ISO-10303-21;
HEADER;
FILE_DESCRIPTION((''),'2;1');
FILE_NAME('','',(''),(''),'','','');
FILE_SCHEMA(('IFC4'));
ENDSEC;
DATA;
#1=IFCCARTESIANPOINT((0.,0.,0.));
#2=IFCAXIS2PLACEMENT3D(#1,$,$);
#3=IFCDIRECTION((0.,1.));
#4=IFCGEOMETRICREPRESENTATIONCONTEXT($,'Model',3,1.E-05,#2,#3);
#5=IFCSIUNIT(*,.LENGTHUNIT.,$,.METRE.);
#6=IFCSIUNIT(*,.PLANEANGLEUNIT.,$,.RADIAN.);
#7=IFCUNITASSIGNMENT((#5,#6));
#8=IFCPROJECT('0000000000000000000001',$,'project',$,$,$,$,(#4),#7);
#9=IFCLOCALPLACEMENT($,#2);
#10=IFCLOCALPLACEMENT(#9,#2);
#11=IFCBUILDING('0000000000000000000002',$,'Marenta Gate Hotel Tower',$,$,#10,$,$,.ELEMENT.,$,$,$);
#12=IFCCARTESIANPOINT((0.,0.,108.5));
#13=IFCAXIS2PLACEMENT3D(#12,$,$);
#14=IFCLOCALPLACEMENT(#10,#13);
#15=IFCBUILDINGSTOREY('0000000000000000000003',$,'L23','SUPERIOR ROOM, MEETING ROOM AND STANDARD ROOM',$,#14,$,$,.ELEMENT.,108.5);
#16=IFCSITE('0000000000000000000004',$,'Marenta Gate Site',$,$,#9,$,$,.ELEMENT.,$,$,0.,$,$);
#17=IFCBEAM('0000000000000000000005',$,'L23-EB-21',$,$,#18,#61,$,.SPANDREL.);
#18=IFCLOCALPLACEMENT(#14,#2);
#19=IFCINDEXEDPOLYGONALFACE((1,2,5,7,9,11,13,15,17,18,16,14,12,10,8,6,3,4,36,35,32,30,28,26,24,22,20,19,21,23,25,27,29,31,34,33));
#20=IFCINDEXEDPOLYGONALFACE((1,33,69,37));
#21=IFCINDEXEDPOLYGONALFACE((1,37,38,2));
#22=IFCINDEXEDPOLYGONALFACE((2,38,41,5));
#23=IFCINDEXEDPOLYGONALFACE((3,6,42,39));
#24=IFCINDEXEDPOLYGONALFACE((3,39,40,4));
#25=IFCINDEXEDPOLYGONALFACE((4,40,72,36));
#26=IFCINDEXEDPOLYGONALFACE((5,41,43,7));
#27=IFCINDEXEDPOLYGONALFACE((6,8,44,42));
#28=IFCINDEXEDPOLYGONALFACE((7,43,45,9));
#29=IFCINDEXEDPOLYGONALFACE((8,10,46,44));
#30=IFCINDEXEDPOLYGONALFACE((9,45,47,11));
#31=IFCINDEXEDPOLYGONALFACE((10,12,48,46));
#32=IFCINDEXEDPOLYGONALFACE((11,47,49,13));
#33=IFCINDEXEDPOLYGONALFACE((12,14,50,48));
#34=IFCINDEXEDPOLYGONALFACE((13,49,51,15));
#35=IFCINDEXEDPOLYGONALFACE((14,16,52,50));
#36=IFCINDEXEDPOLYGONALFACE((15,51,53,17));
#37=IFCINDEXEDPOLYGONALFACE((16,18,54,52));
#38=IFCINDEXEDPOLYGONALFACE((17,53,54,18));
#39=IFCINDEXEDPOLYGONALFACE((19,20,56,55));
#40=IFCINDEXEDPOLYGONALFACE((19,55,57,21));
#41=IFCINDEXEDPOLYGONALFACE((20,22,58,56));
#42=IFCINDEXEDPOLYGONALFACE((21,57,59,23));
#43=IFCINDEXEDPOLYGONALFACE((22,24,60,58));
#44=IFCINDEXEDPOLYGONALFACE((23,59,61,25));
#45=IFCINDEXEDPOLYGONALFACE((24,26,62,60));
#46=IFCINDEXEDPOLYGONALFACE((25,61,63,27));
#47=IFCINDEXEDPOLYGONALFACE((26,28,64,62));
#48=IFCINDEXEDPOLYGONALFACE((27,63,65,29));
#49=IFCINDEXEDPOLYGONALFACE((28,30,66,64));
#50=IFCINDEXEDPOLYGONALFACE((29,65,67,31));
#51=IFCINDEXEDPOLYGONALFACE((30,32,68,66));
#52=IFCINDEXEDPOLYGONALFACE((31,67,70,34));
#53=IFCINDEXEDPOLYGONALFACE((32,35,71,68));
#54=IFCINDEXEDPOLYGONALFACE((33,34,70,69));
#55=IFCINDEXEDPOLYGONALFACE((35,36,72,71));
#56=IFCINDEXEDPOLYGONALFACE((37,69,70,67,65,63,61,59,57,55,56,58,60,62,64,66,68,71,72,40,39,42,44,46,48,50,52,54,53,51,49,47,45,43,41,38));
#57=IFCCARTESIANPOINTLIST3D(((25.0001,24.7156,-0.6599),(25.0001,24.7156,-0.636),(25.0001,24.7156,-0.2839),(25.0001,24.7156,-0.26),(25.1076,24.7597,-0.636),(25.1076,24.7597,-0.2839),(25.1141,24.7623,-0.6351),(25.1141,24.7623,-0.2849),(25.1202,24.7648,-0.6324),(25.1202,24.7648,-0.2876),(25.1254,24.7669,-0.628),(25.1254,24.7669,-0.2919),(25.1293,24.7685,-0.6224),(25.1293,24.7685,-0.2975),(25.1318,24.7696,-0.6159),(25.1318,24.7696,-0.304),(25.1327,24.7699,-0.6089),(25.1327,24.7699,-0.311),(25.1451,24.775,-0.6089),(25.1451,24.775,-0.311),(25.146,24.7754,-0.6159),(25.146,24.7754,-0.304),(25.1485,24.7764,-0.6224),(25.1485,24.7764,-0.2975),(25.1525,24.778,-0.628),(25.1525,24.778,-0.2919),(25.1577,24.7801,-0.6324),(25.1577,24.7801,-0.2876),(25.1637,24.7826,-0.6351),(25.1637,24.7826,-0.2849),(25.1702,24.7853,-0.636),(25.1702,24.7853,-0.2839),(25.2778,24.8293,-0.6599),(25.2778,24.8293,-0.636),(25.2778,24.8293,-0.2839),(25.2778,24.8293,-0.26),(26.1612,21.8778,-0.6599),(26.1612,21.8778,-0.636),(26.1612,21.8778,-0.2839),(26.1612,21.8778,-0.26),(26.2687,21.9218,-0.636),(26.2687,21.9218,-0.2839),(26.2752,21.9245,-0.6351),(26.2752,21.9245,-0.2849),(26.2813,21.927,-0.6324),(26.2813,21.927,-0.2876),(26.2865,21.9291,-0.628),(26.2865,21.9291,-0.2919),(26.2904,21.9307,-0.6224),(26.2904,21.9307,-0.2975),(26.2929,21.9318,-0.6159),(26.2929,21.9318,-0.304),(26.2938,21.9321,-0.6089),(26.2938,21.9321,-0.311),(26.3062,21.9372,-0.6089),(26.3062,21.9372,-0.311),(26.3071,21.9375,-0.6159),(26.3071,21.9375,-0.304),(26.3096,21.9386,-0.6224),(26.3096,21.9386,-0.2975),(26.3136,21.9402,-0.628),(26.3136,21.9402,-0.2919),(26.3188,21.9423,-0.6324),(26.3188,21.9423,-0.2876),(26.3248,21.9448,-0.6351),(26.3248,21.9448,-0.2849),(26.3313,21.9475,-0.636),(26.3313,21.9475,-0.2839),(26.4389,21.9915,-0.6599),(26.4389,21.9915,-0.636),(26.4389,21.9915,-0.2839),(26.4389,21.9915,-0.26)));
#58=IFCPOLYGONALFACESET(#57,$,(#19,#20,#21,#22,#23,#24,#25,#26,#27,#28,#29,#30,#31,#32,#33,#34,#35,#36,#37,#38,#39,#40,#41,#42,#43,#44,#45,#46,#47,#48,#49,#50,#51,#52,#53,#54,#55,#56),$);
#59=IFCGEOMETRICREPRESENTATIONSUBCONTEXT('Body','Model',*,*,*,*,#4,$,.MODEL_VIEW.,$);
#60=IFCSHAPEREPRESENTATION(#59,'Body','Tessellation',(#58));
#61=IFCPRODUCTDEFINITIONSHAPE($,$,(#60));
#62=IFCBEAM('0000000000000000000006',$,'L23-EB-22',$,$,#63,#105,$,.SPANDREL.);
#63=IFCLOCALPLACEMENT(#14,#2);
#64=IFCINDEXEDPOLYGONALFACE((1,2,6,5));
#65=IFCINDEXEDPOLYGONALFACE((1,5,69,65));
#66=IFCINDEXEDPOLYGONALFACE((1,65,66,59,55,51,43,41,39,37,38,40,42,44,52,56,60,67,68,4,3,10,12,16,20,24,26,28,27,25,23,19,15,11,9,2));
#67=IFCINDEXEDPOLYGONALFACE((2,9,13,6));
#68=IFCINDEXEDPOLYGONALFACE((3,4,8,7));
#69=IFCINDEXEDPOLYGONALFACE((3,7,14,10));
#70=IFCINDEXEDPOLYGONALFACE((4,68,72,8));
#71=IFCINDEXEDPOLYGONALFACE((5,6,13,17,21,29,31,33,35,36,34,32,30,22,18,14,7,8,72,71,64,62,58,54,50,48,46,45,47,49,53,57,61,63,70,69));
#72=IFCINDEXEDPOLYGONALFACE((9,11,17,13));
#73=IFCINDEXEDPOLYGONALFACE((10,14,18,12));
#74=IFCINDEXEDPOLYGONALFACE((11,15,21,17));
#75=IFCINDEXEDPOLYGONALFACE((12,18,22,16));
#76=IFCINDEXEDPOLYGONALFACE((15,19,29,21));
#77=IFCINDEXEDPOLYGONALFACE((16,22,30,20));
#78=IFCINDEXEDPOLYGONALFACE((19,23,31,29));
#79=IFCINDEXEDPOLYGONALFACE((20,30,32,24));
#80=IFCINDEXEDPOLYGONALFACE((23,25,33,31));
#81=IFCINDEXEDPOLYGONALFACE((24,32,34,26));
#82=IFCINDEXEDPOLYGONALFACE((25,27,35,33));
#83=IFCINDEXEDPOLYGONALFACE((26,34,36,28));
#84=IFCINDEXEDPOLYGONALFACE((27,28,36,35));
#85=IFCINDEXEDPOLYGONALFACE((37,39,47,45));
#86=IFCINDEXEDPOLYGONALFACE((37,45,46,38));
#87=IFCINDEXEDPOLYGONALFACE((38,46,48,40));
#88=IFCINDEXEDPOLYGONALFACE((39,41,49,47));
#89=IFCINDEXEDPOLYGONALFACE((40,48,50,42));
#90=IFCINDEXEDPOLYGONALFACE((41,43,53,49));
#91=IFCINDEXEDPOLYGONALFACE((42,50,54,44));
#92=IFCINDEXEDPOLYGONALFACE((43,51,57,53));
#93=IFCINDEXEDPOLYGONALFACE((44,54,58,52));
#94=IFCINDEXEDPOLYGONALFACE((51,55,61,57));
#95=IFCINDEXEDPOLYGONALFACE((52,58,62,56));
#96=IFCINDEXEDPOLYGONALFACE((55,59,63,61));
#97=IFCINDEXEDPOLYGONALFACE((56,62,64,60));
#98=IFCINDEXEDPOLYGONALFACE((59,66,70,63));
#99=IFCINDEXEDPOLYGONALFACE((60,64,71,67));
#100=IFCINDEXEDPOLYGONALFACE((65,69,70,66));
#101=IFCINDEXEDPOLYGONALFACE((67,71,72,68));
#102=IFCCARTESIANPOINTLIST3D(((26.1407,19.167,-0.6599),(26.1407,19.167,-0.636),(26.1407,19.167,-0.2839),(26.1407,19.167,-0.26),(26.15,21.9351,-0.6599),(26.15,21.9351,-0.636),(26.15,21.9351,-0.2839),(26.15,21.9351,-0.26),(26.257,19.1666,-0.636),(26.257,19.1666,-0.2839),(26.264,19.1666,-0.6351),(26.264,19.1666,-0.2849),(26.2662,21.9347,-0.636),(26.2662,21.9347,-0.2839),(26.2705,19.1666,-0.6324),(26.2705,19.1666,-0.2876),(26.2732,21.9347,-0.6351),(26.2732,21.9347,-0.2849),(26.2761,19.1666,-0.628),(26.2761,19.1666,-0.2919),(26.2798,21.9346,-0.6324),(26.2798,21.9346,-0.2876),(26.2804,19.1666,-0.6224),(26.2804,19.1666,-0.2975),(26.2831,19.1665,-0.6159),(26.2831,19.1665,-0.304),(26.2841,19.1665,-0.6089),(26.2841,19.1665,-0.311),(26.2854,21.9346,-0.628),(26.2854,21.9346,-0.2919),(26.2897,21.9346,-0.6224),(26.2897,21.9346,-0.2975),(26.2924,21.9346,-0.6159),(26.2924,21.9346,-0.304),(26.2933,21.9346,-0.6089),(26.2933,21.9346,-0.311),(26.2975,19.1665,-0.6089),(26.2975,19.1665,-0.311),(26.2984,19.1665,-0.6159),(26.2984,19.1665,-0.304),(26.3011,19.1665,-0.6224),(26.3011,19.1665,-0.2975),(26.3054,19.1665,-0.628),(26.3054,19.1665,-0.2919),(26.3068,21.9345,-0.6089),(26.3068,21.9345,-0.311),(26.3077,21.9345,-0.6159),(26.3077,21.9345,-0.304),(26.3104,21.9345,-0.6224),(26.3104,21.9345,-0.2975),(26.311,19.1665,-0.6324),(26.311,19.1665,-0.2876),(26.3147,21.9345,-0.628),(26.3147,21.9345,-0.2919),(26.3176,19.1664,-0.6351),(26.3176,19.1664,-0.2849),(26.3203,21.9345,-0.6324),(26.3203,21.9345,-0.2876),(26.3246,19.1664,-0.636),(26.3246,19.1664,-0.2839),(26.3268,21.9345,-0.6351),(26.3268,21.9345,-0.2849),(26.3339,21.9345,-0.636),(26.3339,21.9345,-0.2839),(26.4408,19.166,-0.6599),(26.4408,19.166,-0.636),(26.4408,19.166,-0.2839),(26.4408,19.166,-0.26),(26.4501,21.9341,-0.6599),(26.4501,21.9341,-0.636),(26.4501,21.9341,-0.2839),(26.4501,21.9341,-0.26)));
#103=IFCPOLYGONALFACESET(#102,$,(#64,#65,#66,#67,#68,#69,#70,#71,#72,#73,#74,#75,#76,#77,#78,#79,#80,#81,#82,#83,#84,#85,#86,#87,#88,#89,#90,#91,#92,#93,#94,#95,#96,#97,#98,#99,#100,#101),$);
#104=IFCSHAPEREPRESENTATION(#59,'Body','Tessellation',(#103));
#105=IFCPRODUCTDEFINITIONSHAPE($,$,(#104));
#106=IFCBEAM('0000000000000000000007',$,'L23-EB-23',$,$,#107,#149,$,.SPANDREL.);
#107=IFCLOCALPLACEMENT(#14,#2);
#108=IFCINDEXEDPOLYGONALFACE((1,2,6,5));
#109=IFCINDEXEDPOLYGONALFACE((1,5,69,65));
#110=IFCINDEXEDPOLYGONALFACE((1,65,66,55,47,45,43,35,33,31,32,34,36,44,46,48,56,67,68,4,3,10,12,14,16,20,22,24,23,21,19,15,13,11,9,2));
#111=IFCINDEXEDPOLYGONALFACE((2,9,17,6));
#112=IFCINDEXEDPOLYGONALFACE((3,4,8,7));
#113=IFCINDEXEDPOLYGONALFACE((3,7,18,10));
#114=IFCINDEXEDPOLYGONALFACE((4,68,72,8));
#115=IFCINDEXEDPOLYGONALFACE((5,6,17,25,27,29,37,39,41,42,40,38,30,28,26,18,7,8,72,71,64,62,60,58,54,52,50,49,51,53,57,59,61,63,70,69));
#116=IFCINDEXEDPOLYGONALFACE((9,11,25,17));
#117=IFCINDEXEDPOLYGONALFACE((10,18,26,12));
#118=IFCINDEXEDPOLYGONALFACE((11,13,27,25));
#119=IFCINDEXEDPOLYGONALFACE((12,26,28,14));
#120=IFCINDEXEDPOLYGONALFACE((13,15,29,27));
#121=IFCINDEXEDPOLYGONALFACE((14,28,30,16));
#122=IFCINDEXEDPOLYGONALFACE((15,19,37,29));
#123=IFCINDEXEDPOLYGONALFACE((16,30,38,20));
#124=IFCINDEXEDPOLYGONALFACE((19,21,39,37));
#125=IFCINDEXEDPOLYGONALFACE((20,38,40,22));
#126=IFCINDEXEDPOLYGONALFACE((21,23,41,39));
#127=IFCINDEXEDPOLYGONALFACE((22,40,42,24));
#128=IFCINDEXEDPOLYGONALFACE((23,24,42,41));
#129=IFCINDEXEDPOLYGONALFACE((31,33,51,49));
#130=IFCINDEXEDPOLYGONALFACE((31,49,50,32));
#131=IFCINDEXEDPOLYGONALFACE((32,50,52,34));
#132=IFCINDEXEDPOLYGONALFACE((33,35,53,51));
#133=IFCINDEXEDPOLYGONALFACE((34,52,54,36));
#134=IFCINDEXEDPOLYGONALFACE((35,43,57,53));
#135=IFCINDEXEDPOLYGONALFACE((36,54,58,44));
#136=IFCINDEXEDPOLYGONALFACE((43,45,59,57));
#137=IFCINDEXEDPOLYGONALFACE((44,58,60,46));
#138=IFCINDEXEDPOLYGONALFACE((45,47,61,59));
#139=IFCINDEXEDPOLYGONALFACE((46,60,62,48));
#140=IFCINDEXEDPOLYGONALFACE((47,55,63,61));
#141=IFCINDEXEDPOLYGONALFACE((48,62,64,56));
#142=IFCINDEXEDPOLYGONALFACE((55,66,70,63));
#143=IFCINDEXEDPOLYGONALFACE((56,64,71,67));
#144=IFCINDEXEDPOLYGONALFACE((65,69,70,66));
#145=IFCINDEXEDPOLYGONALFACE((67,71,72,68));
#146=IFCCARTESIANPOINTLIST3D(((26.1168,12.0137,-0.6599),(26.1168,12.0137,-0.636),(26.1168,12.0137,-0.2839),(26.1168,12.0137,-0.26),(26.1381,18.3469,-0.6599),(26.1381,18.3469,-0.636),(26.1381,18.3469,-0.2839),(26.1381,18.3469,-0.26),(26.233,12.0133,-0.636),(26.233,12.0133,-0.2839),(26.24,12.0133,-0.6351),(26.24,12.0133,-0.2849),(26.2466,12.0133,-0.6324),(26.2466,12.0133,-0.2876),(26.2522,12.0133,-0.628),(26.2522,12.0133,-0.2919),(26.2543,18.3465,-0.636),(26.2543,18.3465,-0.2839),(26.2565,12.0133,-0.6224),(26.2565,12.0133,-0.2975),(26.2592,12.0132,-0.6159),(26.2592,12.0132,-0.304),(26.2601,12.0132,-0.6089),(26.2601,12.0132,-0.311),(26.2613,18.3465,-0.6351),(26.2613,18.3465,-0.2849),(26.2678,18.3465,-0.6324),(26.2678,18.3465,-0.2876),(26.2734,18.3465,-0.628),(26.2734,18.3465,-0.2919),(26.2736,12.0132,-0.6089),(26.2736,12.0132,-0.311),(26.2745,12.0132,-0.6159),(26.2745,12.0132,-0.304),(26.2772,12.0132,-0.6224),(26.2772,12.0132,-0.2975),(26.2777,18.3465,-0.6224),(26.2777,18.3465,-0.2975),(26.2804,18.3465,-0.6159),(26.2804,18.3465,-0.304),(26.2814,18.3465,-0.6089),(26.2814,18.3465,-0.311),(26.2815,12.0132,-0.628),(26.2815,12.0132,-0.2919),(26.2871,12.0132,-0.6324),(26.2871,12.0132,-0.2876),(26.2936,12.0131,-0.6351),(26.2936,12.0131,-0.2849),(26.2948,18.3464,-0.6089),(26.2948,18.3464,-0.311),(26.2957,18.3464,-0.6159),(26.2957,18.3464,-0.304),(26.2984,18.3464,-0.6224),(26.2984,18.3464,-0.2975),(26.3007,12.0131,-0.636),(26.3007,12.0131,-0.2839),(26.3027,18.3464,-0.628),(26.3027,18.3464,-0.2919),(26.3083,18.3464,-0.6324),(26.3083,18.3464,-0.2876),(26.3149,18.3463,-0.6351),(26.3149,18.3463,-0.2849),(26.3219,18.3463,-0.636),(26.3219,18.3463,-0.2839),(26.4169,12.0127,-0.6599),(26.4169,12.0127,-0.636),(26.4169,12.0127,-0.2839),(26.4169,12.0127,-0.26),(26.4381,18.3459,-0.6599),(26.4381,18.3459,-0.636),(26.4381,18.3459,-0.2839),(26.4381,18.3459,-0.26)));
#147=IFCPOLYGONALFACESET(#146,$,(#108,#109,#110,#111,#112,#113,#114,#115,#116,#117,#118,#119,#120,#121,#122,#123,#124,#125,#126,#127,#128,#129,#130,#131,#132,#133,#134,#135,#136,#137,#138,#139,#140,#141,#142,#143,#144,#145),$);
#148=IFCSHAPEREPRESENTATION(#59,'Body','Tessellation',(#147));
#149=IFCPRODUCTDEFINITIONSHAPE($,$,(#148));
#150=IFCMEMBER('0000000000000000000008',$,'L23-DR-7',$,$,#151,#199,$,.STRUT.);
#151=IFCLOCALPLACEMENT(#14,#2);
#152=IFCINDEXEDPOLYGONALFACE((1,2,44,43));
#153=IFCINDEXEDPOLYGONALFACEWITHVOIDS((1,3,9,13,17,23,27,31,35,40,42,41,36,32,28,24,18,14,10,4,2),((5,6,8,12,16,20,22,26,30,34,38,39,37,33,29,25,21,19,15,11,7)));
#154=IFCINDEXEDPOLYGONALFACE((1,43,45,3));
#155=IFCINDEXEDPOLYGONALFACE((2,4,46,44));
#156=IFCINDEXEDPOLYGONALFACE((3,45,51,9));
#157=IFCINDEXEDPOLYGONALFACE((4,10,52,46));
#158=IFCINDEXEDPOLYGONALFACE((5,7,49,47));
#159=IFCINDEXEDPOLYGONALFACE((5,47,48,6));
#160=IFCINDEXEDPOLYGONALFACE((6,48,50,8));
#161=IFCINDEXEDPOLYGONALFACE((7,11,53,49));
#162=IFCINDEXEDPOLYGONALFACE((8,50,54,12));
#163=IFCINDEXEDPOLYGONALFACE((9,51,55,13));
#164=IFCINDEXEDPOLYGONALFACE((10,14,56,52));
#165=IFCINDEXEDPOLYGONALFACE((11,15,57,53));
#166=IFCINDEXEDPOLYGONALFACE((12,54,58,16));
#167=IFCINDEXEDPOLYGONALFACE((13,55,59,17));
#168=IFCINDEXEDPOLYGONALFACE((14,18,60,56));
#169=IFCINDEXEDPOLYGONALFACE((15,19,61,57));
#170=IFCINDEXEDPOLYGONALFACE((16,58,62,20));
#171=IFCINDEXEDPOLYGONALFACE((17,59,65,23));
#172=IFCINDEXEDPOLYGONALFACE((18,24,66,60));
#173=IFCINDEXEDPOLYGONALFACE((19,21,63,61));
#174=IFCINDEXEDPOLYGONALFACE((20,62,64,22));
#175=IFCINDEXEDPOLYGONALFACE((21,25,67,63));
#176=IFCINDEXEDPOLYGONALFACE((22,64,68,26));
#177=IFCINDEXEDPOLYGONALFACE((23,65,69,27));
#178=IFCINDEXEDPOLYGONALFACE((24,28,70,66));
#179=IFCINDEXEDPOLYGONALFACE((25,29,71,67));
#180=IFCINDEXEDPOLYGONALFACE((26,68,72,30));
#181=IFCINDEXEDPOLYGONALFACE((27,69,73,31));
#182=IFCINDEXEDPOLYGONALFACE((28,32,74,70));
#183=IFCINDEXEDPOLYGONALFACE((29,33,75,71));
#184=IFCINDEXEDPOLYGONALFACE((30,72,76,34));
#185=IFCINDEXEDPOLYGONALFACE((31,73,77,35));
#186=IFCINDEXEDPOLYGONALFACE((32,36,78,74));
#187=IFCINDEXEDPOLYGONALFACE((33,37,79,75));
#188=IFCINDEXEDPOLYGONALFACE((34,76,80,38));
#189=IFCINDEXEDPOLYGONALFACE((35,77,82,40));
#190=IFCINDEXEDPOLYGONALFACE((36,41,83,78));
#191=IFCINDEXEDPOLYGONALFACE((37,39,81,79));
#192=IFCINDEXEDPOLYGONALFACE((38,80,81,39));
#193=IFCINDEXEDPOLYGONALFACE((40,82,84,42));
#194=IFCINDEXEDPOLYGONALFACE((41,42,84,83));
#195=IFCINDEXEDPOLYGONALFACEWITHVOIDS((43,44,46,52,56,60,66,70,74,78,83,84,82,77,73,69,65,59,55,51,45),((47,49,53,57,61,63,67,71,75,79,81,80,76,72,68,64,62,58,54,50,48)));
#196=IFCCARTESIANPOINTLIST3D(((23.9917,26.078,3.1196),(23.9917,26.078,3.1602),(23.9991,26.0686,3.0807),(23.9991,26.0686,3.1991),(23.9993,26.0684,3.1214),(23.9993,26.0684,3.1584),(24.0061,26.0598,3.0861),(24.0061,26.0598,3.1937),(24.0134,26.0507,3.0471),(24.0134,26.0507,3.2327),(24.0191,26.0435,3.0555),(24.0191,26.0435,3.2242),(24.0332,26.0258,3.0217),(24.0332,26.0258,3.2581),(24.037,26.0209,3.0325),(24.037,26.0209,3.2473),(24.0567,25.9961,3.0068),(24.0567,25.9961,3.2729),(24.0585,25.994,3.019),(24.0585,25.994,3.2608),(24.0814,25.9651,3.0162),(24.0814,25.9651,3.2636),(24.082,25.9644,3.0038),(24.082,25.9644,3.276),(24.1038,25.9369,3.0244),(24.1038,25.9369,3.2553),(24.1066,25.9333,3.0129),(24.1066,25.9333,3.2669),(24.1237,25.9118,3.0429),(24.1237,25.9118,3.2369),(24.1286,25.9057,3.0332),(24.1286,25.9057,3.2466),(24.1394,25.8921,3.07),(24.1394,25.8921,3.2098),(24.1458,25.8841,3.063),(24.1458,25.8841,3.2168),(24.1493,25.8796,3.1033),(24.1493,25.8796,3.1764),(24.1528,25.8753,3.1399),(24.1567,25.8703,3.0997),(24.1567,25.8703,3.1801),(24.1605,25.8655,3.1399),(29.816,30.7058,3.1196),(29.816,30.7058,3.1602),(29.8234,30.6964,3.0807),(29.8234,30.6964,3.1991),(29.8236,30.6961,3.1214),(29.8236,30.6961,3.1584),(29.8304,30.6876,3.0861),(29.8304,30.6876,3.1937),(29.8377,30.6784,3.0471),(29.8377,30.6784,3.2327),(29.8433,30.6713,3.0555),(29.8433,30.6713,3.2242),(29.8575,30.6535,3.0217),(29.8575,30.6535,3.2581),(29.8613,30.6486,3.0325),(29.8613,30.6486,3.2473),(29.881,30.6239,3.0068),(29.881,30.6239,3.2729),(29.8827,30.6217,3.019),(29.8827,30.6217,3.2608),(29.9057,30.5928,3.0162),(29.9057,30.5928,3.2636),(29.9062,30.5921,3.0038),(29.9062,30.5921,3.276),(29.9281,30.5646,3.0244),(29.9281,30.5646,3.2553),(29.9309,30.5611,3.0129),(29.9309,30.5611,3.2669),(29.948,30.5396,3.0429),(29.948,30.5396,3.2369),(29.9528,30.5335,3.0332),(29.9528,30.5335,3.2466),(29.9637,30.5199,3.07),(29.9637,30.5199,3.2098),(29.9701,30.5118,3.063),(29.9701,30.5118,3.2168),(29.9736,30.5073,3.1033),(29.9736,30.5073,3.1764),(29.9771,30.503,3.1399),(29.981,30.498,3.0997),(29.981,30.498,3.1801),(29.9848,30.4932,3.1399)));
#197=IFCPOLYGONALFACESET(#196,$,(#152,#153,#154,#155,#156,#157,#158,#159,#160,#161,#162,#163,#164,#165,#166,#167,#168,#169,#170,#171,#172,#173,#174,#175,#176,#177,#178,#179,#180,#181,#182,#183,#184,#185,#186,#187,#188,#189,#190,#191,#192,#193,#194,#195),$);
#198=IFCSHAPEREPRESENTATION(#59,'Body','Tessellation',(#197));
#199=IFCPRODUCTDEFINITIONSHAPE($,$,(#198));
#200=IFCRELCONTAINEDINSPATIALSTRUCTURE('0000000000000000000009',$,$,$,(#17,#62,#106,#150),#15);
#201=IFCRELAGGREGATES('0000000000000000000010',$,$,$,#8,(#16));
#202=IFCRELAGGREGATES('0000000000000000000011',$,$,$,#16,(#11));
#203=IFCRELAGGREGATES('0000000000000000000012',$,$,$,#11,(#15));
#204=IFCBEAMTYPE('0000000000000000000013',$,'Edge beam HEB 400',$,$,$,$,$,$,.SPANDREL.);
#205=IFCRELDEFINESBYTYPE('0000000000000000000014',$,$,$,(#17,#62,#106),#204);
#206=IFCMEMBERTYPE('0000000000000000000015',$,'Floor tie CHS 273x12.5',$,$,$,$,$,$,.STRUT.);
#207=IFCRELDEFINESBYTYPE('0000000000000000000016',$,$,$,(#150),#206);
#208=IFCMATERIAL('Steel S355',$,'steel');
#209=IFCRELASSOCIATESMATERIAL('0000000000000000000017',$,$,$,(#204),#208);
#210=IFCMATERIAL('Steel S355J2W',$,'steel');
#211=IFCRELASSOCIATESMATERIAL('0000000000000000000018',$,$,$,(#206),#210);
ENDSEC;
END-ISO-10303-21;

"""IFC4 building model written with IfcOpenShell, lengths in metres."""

from ifc_helpers import new_model, si_unit, direction, frame, origin, origin_2d, place, context, subcontext, project, spatial, hollow_circle, i_section, extrude, material, material_profile, profile_set, type_object, element, save


model = new_model("IFC4")

# Units and contexts
model_context = context("Model", 3, precision=1e-05, world=origin(), true_north=direction((0.0, 1.0)))
body_context = subcontext(model_context, "Body", "Model", "MODEL_VIEW")
ifc_project = project(units=[si_unit("LENGTHUNIT", "METRE"), si_unit("PLANEANGLEUNIT", "RADIAN")], contexts=[model_context])

# Site, building, storey
site_placement = place(None, origin())
site = spatial("IfcSite", under=ifc_project, at=site_placement, Name="Marenta Gate Site", CompositionType="ELEMENT", RefElevation=0.0)
building_placement = place(site_placement, origin())
building = spatial("IfcBuilding", under=site, at=building_placement, Name="Marenta Gate Hotel Tower", CompositionType="ELEMENT")
storey_placement = place(building_placement, frame((0.0, 0.0, 108.5)))
storey = spatial("IfcBuildingStorey", under=building, at=storey_placement, Name="L23", Description="SUPERIOR ROOM, MEETING ROOM AND STANDARD ROOM", CompositionType="ELEMENT", Elevation=108.5)

# Beams
ifc_material_1 = material(Name="Steel S355", Category="steel")
ifc_material_profile_1 = material_profile(ifc_material_1, i_section(OverallWidth=0.3, OverallDepth=0.3999, WebThickness=0.0134, FlangeThickness=0.0239, FilletRadius=0.0271, at=origin_2d()), Name="HEB 400")
ifc_profile_set_1 = profile_set([ifc_material_profile_1], Name="Steel S355")
beam_type_1 = type_object("IfcBeamType", Name="Edge beam HEB 400", PredefinedType="SPANDREL", material=ifc_profile_set_1)
beam_1_placement = place(storey_placement, frame((25.1389, 24.7725, -0.46), z_axis=(0.378682, -0.925527, 0.0), x_axis=(0.925527, 0.378682, 0.0)))
element("IfcBeam", 1, at=beam_1_placement, inside=storey, type_object=beam_type_1, Name="L23-EB-21", PredefinedType="SPANDREL", context=body_context, shape_type="SweptSolid", body=[
    extrude(i_section(OverallWidth=0.3, OverallDepth=0.3999, WebThickness=0.0134, FlangeThickness=0.0239, FilletRadius=0.0271, at=origin_2d()), origin(), (0.0, 0.0, 1.0), 3.0662),
])
beam_2_placement = place(storey_placement, frame((26.3, 21.9346, -0.46), z_axis=(-0.003352, -0.999994, 0.0), x_axis=(0.999994, -0.003352, 0.0)))
element("IfcBeam", 2, at=beam_2_placement, inside=storey, type_object=beam_type_1, Name="L23-EB-22", PredefinedType="SPANDREL", context=body_context, shape_type="SweptSolid", body=[
    extrude(i_section(OverallWidth=0.3, OverallDepth=0.3999, WebThickness=0.0134, FlangeThickness=0.0239, FilletRadius=0.0271, at=origin_2d()), origin(), (0.0, 0.0, 1.0), 2.7681),
])
beam_3_placement = place(storey_placement, frame((26.2881, 18.3464, -0.46), z_axis=(-0.003354, -0.999994, 0.0), x_axis=(0.999994, -0.003354, 0.0)))
element("IfcBeam", 3, at=beam_3_placement, inside=storey, type_object=beam_type_1, Name="L23-EB-23", PredefinedType="SPANDREL", context=body_context, shape_type="SweptSolid", body=[
    extrude(i_section(OverallWidth=0.3, OverallDepth=0.3999, WebThickness=0.0134, FlangeThickness=0.0239, FilletRadius=0.0271, at=origin_2d()), origin(), (0.0, 0.0, 1.0), 6.3333),
])

# Member
ifc_material_2 = material(Name="Steel S355J2W", Category="steel")
ifc_material_profile_2 = material_profile(ifc_material_2, hollow_circle(Radius=0.1365, WallThickness=0.0125, at=origin_2d()), Name="CHS 273x12.5")
ifc_profile_set_2 = profile_set([ifc_material_profile_2], Name="Steel S355J2W")
member_type_1 = type_object("IfcMemberType", Name="Floor tie CHS 273x12.5", PredefinedType="STRUT", material=ifc_profile_set_2)
member_1_placement = place(storey_placement, frame((29.8999, 30.6001, 3.1399), z_axis=(-0.782943, -0.622094, 0.0), x_axis=(0.622094, -0.782943, 0.0)))
element("IfcMember", 4, at=member_1_placement, inside=storey, type_object=member_type_1, Name="L23-DR-7", PredefinedType="STRUT", context=body_context, shape_type="SweptSolid", body=[
    extrude(hollow_circle(Radius=0.1365, WallThickness=0.0125, at=origin_2d()), origin(), (0.0, 0.0, 1.0), 7.439),
])

save(model, "model.ifc")
